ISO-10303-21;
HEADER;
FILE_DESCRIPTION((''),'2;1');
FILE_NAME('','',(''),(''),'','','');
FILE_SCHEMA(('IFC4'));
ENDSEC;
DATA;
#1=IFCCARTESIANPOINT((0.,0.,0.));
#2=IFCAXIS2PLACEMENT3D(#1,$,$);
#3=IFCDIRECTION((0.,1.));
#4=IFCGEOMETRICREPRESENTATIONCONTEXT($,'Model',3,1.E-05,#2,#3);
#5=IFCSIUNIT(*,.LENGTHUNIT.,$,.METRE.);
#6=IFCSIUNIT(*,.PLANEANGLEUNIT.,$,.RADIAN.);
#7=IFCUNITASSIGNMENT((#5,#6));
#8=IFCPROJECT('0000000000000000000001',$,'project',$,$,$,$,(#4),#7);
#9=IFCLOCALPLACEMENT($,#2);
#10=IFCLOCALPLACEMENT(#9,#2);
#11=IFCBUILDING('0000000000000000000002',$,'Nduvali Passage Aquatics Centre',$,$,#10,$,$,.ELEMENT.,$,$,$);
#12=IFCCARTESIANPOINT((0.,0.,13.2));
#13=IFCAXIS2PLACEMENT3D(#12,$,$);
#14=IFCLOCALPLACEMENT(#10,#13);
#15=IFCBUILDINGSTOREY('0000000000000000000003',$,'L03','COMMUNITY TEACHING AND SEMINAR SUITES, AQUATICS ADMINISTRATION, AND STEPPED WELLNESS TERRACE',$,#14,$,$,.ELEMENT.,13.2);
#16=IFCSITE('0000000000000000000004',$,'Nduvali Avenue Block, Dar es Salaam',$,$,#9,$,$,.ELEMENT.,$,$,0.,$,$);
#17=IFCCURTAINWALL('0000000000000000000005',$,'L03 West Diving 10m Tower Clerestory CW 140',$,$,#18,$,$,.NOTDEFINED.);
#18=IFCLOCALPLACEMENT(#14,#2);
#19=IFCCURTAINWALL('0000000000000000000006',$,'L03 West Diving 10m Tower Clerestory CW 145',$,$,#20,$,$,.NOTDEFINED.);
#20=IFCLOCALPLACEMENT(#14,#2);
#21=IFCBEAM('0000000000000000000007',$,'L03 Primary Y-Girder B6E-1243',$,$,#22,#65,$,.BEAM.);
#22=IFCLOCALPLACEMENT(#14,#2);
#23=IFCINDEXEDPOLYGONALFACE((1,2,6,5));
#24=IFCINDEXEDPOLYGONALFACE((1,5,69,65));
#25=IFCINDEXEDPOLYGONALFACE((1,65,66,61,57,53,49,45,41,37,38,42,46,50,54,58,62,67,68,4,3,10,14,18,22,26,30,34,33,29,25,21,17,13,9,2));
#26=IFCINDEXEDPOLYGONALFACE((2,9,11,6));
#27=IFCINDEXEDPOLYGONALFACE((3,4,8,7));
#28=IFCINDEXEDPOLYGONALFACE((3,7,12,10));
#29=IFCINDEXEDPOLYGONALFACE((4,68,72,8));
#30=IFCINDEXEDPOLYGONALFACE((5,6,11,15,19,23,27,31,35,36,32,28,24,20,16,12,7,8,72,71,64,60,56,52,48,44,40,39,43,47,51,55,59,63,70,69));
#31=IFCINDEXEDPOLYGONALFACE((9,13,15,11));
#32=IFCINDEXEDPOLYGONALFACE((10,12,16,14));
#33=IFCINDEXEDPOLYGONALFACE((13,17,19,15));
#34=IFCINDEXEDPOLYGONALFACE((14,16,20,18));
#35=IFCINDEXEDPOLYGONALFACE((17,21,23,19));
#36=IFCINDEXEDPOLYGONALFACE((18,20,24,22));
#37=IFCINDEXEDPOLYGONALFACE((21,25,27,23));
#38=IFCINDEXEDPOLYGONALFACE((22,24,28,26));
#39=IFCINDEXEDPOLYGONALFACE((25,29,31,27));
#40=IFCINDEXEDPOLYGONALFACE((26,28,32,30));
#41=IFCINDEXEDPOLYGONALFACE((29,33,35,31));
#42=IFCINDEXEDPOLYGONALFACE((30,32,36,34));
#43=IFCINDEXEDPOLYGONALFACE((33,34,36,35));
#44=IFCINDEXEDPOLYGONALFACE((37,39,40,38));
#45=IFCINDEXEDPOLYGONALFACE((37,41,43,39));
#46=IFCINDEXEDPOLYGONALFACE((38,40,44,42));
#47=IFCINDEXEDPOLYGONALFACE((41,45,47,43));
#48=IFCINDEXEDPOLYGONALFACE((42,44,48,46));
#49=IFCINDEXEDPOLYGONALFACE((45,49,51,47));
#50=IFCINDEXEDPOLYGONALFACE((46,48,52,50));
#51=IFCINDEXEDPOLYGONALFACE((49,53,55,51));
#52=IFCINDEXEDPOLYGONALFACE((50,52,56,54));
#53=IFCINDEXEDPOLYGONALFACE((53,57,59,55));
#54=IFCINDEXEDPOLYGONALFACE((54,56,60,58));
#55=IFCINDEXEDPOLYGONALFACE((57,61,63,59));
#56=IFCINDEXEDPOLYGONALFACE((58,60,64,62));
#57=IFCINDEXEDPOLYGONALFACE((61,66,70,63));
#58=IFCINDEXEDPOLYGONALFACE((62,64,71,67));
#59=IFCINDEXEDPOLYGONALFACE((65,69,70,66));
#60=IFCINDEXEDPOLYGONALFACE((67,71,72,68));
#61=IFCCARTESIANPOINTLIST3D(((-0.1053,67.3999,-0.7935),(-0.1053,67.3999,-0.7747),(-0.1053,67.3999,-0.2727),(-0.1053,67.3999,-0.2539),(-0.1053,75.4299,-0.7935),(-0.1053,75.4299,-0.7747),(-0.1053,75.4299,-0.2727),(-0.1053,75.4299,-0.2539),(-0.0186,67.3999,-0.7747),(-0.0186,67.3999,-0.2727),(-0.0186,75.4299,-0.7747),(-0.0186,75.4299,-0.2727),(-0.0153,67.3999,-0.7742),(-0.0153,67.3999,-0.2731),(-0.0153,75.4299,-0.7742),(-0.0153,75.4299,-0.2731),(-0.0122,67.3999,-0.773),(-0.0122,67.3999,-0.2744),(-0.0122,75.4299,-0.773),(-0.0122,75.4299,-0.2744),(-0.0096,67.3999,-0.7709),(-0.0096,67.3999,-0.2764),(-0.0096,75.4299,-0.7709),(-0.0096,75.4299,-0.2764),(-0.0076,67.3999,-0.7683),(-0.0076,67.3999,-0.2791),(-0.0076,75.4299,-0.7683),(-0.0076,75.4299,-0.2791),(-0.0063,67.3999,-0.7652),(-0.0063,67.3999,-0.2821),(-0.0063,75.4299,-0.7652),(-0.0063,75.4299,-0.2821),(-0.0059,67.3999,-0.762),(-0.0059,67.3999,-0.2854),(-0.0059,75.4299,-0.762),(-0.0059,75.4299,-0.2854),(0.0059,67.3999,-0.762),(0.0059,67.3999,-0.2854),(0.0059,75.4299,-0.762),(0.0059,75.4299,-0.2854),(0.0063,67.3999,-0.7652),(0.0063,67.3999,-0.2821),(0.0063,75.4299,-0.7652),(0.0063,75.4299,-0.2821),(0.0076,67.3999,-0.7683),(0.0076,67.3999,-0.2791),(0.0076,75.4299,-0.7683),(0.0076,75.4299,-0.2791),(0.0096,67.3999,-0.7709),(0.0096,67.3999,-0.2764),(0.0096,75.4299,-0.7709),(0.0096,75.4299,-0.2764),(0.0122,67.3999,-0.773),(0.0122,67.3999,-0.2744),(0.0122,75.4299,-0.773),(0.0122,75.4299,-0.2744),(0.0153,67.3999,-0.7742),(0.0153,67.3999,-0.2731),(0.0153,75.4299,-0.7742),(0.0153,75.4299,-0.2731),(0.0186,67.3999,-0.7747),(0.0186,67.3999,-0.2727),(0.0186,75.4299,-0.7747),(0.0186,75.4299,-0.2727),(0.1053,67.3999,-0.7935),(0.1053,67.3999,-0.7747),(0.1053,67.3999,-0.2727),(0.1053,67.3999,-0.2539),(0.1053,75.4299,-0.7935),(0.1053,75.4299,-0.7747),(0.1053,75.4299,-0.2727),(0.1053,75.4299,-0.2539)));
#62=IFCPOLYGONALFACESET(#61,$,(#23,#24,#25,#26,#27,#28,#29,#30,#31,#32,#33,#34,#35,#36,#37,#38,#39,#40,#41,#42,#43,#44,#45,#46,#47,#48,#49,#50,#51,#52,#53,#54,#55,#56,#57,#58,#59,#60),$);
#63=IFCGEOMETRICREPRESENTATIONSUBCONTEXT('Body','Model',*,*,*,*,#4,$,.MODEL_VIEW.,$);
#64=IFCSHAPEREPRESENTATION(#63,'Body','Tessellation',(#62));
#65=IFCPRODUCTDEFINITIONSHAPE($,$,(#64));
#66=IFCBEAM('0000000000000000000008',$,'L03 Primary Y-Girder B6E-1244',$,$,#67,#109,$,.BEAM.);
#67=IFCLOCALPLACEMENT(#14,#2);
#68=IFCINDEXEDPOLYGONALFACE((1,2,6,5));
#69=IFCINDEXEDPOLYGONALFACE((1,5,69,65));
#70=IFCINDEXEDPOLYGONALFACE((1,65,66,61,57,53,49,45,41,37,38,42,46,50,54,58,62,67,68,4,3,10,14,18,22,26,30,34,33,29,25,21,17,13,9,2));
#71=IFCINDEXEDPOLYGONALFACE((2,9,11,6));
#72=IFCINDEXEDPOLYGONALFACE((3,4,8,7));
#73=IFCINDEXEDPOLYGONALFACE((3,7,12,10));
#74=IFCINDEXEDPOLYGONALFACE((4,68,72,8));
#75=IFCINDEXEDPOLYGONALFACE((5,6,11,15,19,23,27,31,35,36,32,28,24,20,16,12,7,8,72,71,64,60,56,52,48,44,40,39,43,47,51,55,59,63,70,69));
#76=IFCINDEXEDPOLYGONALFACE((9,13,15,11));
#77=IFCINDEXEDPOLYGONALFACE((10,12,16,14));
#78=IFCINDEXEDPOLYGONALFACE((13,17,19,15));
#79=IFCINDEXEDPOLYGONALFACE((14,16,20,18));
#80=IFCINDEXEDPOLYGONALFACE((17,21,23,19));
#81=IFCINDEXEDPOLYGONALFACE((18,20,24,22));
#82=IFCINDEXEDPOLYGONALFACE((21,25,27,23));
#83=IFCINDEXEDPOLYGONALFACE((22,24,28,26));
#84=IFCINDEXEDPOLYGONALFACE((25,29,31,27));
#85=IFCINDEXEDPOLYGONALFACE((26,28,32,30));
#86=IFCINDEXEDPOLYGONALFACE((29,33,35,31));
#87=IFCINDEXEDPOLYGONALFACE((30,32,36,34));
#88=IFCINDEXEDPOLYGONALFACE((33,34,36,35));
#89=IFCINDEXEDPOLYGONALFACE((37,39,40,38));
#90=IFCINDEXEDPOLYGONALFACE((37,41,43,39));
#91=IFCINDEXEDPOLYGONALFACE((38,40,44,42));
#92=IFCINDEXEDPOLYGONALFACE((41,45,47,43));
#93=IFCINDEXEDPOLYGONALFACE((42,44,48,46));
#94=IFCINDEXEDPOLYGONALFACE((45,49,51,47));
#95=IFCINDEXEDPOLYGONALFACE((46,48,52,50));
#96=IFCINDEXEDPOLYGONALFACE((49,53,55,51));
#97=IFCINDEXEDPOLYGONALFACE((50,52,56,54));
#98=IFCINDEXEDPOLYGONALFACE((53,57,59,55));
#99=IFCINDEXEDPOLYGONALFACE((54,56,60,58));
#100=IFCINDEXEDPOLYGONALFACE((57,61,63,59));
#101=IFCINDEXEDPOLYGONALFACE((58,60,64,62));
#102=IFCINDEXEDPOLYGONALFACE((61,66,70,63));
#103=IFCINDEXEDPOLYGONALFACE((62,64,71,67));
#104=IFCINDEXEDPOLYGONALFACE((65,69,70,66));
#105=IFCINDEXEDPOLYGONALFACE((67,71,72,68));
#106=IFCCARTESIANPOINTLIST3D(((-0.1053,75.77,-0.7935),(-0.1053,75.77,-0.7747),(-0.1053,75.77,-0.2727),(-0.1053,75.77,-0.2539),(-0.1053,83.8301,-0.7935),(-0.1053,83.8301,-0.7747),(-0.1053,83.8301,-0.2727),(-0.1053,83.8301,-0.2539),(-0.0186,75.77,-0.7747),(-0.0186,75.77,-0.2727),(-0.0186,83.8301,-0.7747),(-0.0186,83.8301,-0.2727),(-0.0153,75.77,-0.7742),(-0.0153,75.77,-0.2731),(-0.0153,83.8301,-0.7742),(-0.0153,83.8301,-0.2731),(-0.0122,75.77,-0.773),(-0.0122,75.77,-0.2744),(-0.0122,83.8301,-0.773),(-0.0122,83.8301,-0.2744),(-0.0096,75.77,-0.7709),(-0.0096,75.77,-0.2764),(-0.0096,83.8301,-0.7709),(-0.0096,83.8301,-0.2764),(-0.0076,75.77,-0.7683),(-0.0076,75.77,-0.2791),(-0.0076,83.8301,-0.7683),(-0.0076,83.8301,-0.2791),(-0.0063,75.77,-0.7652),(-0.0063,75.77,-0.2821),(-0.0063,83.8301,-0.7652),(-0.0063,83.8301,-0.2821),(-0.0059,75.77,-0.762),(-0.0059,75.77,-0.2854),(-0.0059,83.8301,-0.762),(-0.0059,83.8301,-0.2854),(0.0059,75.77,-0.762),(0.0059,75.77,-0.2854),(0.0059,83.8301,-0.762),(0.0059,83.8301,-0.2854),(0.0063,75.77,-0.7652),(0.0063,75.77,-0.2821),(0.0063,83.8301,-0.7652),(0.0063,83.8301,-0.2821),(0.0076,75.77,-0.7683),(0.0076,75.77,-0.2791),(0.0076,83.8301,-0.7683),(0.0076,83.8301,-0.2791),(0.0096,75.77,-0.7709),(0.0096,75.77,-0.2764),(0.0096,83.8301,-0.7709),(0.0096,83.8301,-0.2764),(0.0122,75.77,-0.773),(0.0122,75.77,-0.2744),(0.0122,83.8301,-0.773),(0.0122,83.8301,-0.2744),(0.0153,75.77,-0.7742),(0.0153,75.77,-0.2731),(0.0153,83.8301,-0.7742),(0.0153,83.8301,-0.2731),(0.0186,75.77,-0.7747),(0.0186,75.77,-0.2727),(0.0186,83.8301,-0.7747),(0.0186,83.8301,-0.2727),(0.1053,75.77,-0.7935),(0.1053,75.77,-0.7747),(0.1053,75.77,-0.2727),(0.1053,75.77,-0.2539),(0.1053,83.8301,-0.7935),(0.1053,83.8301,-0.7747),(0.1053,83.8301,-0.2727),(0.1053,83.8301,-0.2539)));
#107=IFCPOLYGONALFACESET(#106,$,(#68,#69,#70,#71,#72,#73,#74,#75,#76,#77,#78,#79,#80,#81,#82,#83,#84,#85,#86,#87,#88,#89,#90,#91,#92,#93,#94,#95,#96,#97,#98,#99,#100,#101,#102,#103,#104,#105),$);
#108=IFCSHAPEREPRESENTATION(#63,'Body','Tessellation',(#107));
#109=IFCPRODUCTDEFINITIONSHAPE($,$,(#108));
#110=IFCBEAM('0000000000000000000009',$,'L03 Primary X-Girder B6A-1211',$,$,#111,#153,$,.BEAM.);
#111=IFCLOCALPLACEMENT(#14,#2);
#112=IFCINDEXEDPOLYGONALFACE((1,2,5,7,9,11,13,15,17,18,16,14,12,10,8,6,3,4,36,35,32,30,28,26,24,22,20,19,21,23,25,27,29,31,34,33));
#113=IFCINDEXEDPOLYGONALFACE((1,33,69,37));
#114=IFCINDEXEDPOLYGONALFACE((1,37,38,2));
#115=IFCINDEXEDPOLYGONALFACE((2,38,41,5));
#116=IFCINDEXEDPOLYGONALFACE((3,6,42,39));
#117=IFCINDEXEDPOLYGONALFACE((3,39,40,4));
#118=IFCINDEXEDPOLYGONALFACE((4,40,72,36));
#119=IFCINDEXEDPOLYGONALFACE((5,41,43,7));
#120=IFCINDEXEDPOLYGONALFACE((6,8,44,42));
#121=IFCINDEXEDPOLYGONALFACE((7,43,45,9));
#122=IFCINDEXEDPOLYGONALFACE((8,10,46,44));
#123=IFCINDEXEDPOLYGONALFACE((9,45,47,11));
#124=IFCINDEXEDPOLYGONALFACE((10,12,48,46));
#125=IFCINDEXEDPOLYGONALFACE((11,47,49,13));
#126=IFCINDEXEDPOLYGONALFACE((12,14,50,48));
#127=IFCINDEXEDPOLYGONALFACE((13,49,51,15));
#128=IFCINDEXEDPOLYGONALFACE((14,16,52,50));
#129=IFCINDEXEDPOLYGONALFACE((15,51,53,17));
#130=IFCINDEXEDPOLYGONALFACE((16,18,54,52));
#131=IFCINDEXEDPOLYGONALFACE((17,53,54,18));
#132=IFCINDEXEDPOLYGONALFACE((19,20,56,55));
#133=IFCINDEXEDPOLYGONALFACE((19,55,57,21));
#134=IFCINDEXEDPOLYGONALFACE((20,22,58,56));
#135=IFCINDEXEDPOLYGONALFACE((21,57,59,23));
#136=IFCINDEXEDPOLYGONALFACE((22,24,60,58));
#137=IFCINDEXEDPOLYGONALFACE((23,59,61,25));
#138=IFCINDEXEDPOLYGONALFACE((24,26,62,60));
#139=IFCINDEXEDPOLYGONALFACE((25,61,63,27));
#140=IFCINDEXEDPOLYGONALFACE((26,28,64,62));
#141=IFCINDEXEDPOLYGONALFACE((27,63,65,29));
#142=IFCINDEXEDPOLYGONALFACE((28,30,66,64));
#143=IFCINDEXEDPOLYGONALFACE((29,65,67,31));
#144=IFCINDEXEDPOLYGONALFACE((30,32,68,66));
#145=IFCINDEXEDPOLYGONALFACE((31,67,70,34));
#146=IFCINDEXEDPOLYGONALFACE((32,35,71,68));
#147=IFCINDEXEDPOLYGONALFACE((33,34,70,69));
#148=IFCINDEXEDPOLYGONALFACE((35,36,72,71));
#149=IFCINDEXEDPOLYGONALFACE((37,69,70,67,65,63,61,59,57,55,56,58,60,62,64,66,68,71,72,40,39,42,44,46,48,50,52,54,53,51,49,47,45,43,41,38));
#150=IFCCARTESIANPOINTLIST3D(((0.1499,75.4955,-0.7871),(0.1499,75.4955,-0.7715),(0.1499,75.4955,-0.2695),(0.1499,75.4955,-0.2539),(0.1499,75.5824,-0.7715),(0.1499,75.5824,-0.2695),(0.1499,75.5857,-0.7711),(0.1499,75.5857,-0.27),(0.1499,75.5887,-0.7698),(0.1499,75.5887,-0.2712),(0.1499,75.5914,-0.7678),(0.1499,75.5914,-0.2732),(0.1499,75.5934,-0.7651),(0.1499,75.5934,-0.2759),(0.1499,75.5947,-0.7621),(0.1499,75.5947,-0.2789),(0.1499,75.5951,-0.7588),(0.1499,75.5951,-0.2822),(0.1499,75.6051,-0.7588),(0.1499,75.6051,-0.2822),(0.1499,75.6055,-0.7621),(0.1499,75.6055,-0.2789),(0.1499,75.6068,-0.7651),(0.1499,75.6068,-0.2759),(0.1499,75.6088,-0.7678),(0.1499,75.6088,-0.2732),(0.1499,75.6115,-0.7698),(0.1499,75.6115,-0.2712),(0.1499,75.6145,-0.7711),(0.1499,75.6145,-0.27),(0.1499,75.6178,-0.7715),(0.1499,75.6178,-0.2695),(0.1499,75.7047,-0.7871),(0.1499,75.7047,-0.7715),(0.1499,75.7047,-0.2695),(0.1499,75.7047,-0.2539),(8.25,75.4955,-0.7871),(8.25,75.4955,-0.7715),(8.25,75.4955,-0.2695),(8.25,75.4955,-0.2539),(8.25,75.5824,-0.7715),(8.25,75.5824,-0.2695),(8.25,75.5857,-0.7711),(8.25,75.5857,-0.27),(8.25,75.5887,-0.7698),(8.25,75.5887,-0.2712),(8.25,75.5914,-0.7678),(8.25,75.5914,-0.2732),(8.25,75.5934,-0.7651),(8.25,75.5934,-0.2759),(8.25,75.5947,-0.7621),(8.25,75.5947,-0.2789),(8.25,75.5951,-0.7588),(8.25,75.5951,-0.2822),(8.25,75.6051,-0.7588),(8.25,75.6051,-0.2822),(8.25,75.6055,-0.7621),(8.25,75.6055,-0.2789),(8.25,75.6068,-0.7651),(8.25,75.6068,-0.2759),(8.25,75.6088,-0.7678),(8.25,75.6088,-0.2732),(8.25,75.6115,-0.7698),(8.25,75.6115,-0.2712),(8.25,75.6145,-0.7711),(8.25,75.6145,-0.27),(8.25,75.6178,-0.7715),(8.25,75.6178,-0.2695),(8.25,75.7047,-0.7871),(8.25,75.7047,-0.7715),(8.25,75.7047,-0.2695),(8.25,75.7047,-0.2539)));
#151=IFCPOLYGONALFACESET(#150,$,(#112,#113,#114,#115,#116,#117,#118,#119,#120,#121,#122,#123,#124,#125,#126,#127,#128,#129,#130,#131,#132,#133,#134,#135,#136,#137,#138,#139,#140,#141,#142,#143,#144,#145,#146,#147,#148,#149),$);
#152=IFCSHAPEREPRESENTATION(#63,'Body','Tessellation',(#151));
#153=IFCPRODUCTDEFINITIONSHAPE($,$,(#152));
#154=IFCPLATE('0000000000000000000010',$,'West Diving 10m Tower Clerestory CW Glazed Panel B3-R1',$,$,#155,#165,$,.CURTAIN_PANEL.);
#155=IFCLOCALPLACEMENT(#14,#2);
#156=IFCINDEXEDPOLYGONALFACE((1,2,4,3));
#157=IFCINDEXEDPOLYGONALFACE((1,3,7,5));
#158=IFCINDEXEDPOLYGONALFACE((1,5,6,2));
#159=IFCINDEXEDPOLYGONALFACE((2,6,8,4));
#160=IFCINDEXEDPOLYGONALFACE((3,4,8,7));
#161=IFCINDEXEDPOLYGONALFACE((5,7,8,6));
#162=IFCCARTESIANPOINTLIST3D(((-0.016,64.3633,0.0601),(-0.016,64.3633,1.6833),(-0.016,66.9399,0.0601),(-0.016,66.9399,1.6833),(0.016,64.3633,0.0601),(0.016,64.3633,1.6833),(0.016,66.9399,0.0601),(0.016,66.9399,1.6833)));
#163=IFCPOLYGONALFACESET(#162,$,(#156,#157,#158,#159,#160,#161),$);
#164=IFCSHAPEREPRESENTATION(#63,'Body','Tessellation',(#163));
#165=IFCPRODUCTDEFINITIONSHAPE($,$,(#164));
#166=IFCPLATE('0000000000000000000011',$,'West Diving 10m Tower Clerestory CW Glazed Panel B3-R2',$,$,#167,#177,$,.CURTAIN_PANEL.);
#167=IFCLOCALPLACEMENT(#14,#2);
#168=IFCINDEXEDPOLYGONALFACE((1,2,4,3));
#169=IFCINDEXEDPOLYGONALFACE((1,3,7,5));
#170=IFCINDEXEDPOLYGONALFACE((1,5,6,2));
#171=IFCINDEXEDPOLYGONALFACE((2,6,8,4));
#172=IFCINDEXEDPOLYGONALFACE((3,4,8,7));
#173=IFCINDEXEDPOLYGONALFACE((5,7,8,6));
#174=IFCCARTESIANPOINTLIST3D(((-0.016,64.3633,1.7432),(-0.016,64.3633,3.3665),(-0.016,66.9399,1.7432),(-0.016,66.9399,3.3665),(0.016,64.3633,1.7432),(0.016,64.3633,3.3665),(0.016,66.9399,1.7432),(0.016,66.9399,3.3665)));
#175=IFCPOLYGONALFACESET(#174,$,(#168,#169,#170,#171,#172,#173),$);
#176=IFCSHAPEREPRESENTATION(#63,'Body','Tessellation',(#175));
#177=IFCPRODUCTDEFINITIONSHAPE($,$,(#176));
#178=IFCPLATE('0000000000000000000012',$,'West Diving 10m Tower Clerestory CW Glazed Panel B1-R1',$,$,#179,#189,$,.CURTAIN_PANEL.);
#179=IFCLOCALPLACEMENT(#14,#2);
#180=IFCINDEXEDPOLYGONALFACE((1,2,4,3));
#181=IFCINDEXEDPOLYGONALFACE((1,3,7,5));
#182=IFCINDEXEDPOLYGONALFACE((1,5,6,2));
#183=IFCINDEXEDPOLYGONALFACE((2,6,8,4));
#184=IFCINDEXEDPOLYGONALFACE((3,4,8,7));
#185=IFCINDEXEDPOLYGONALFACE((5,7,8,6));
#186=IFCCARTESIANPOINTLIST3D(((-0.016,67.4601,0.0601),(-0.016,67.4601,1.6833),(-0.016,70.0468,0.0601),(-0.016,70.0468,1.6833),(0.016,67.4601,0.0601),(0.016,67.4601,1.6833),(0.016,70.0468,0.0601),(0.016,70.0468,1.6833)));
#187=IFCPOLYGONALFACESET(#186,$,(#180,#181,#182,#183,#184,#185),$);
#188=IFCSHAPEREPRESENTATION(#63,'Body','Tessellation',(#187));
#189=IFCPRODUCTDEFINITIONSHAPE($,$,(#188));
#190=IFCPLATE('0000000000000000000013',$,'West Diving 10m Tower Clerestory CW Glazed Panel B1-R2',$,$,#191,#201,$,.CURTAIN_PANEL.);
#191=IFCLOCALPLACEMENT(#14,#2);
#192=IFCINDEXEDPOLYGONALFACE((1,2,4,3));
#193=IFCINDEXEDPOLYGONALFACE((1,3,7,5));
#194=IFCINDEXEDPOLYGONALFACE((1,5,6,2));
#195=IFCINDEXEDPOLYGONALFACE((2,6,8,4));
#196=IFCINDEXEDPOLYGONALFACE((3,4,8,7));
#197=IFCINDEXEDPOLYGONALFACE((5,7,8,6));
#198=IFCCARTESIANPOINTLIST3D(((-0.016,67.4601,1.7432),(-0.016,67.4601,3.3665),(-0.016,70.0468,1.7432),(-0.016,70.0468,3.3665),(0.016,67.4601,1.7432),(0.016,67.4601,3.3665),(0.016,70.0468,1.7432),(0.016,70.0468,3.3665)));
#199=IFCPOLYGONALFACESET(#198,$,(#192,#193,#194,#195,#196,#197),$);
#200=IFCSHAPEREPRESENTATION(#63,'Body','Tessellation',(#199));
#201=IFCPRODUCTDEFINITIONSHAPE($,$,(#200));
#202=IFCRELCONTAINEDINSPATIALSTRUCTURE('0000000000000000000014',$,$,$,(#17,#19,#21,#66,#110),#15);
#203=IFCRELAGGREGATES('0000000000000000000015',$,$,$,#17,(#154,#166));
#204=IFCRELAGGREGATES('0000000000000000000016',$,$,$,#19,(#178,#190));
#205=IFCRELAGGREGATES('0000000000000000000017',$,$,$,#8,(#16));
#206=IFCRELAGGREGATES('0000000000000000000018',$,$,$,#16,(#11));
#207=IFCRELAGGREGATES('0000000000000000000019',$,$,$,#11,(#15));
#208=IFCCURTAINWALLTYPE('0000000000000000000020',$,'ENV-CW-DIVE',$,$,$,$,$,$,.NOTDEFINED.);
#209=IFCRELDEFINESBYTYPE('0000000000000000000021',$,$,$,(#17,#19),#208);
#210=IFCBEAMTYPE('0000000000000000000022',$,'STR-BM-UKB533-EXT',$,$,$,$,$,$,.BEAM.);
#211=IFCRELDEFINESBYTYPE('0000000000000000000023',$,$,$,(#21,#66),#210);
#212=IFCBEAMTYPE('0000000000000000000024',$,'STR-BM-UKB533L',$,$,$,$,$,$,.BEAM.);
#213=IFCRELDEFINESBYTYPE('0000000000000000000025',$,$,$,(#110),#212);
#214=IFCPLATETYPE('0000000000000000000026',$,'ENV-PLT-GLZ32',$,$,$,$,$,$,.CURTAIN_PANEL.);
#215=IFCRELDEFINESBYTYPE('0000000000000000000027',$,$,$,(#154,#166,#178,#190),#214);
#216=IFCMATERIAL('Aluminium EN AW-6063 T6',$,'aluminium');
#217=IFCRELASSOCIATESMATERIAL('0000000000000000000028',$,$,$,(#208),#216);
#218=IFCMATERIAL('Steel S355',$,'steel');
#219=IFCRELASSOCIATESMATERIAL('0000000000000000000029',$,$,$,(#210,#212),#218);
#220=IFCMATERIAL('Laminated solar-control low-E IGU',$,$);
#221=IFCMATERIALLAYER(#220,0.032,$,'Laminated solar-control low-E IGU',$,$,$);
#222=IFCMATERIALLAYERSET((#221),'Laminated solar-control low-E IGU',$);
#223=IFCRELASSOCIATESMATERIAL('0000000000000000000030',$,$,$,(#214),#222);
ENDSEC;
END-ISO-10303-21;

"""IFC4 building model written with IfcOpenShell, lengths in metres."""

from ifc_helpers import new_model, si_unit, direction, frame, origin, origin_2d, place, context, subcontext, project, spatial, rectangle, i_section, extrude, material, layer, layer_set, material_profile, profile_set, type_object, element, aggregate, save


model = new_model("IFC4")

# Units and contexts
model_context = context("Model", 3, precision=1e-05, world=origin(), true_north=direction((0.0, 1.0)))
body_context = subcontext(model_context, "Body", "Model", "MODEL_VIEW")
ifc_project = project(units=[si_unit("LENGTHUNIT", "METRE"), si_unit("PLANEANGLEUNIT", "RADIAN")], contexts=[model_context])

# Site, building, storey
site_placement = place(None, origin())
site = spatial("IfcSite", under=ifc_project, at=site_placement, Name="Nduvali Avenue Block, Dar es Salaam", CompositionType="ELEMENT", RefElevation=0.0)
building_placement = place(site_placement, origin())
building = spatial("IfcBuilding", under=site, at=building_placement, Name="Nduvali Passage Aquatics Centre", CompositionType="ELEMENT")
storey_placement = place(building_placement, frame((0.0, 0.0, 13.2)))
storey = spatial("IfcBuildingStorey", under=building, at=storey_placement, Name="L03", Description="COMMUNITY TEACHING AND SEMINAR SUITES, AQUATICS ADMINISTRATION, AND STEPPED WELLNESS TERRACE", CompositionType="ELEMENT", Elevation=13.2)

# Shared definitions
ifc_material_1 = material(Name="Steel S355", Category="steel")

# Curtain wall
ifc_material_2 = material(Name="Aluminium EN AW-6063 T6", Category="aluminium")
curtain_wall_type = type_object("IfcCurtainWallType", Name="ENV-CW-DIVE", PredefinedType="NOTDEFINED", material=ifc_material_2)
curtain_wall_1_placement = place(storey_placement, origin())
curtain_wall_1 = element("IfcCurtainWall", 1, at=curtain_wall_1_placement, inside=storey, type_object=curtain_wall_type, Name="L03 West Diving 10m Tower Clerestory CW 140", PredefinedType="NOTDEFINED")

# Curtain wall
curtain_wall_2_placement = place(storey_placement, origin())
curtain_wall_2 = element("IfcCurtainWall", 2, at=curtain_wall_2_placement, inside=storey, type_object=curtain_wall_type, Name="L03 West Diving 10m Tower Clerestory CW 145", PredefinedType="NOTDEFINED")

# Beams
ifc_material_profile_1 = material_profile(ifc_material_1, i_section(OverallWidth=0.2107, OverallDepth=0.5396, WebThickness=0.0117, FlangeThickness=0.0188, FilletRadius=0.0127, at=origin_2d()), Name="UKB 533x210x109")
ifc_profile_set_1 = profile_set([ifc_material_profile_1], Name="Steel S355")
beam_type_1 = type_object("IfcBeamType", Name="STR-BM-UKB533-EXT", PredefinedType="BEAM", material=ifc_profile_set_1)
beam_1_placement = place(storey_placement, frame((0.0, 67.3999, -0.5237), z_axis=(0.0, 1.0, 0.0), x_axis=(-1.0, 0.0, 0.0)))
element("IfcBeam", 3, at=beam_1_placement, inside=storey, type_object=beam_type_1, Name="L03 Primary Y-Girder B6E-1243", PredefinedType="BEAM", context=body_context, shape_type="SweptSolid", body=[
    extrude(i_section(OverallWidth=0.2107, OverallDepth=0.5396, WebThickness=0.0117, FlangeThickness=0.0188, FilletRadius=0.0127, at=origin_2d()), origin(), (0.0, 0.0, 1.0), 8.03),
])
beam_2_placement = place(storey_placement, frame((0.0, 75.77, -0.5237), z_axis=(0.0, 1.0, 0.0), x_axis=(-1.0, 0.0, 0.0)))
element("IfcBeam", 4, at=beam_2_placement, inside=storey, type_object=beam_type_1, Name="L03 Primary Y-Girder B6E-1244", PredefinedType="BEAM", context=body_context, shape_type="SweptSolid", body=[
    extrude(i_section(OverallWidth=0.2107, OverallDepth=0.5396, WebThickness=0.0117, FlangeThickness=0.0188, FilletRadius=0.0127, at=origin_2d()), origin(), (0.0, 0.0, 1.0), 8.0601),
])
ifc_material_profile_2 = material_profile(ifc_material_1, i_section(OverallWidth=0.2092, OverallDepth=0.5332, WebThickness=0.01, FlangeThickness=0.0156, FilletRadius=0.0127, at=origin_2d()), Name="UKB 533x210x92")
ifc_profile_set_2 = profile_set([ifc_material_profile_2], Name="Steel S355")
beam_type_2 = type_object("IfcBeamType", Name="STR-BM-UKB533L", PredefinedType="BEAM", material=ifc_profile_set_2)
beam_3_placement = place(storey_placement, frame((0.1499, 75.6001, -0.5205), z_axis=(1.0, 0.0, 0.0), x_axis=(0.0, 1.0, 0.0)))
element("IfcBeam", 5, at=beam_3_placement, inside=storey, type_object=beam_type_2, Name="L03 Primary X-Girder B6A-1211", PredefinedType="BEAM", context=body_context, shape_type="SweptSolid", body=[
    extrude(i_section(OverallWidth=0.2092, OverallDepth=0.5332, WebThickness=0.01, FlangeThickness=0.0156, FilletRadius=0.0127, at=origin_2d()), origin(), (0.0, 0.0, 1.0), 8.1001),
])

# Plates
ifc_material_3 = material(Name="Laminated solar-control low-E IGU")
ifc_layer_1 = layer(ifc_material_3, 0.032, Name="Laminated solar-control low-E IGU")
ifc_layer_set_1 = layer_set([ifc_layer_1], Name="Laminated solar-control low-E IGU")
plate_type = type_object("IfcPlateType", Name="ENV-PLT-GLZ32", PredefinedType="CURTAIN_PANEL", material=ifc_layer_set_1)
plate_1_placement = place(storey_placement, frame((0.0, 65.6516, 0.0601), z_axis=(0.0, 0.0, 1.0), x_axis=(0.0, 1.0, 0.0)))
plate_1 = element("IfcPlate", 6, at=plate_1_placement, type_object=plate_type, Name="West Diving 10m Tower Clerestory CW Glazed Panel B3-R1", PredefinedType="CURTAIN_PANEL", context=body_context, shape_type="SweptSolid", body=[
    extrude(rectangle(XDim=2.5767, YDim=0.032, at=origin_2d()), origin(), (0.0, 0.0, 1.0), 1.6233),
])
plate_2_placement = place(storey_placement, frame((0.0, 65.6516, 1.7432), z_axis=(0.0, 0.0, 1.0), x_axis=(0.0, 1.0, 0.0)))
plate_2 = element("IfcPlate", 7, at=plate_2_placement, type_object=plate_type, Name="West Diving 10m Tower Clerestory CW Glazed Panel B3-R2", PredefinedType="CURTAIN_PANEL", context=body_context, shape_type="SweptSolid", body=[
    extrude(rectangle(XDim=2.5767, YDim=0.032, at=origin_2d()), origin(), (0.0, 0.0, 1.0), 1.6233),
])
aggregate(curtain_wall_1, [plate_1, plate_2])
plate_3_placement = place(storey_placement, frame((0.0, 68.7534, 0.0601), z_axis=(0.0, 0.0, 1.0), x_axis=(0.0, 1.0, 0.0)))
plate_3 = element("IfcPlate", 8, at=plate_3_placement, type_object=plate_type, Name="West Diving 10m Tower Clerestory CW Glazed Panel B1-R1", PredefinedType="CURTAIN_PANEL", context=body_context, shape_type="SweptSolid", body=[
    extrude(rectangle(XDim=2.5867, YDim=0.032, at=origin_2d()), origin(), (0.0, 0.0, 1.0), 1.6233),
])
plate_4_placement = place(storey_placement, frame((0.0, 68.7534, 1.7432), z_axis=(0.0, 0.0, 1.0), x_axis=(0.0, 1.0, 0.0)))
plate_4 = element("IfcPlate", 9, at=plate_4_placement, type_object=plate_type, Name="West Diving 10m Tower Clerestory CW Glazed Panel B1-R2", PredefinedType="CURTAIN_PANEL", context=body_context, shape_type="SweptSolid", body=[
    extrude(rectangle(XDim=2.5867, YDim=0.032, at=origin_2d()), origin(), (0.0, 0.0, 1.0), 1.6233),
])
aggregate(curtain_wall_2, [plate_3, plate_4])

save(model, "model.ifc")
